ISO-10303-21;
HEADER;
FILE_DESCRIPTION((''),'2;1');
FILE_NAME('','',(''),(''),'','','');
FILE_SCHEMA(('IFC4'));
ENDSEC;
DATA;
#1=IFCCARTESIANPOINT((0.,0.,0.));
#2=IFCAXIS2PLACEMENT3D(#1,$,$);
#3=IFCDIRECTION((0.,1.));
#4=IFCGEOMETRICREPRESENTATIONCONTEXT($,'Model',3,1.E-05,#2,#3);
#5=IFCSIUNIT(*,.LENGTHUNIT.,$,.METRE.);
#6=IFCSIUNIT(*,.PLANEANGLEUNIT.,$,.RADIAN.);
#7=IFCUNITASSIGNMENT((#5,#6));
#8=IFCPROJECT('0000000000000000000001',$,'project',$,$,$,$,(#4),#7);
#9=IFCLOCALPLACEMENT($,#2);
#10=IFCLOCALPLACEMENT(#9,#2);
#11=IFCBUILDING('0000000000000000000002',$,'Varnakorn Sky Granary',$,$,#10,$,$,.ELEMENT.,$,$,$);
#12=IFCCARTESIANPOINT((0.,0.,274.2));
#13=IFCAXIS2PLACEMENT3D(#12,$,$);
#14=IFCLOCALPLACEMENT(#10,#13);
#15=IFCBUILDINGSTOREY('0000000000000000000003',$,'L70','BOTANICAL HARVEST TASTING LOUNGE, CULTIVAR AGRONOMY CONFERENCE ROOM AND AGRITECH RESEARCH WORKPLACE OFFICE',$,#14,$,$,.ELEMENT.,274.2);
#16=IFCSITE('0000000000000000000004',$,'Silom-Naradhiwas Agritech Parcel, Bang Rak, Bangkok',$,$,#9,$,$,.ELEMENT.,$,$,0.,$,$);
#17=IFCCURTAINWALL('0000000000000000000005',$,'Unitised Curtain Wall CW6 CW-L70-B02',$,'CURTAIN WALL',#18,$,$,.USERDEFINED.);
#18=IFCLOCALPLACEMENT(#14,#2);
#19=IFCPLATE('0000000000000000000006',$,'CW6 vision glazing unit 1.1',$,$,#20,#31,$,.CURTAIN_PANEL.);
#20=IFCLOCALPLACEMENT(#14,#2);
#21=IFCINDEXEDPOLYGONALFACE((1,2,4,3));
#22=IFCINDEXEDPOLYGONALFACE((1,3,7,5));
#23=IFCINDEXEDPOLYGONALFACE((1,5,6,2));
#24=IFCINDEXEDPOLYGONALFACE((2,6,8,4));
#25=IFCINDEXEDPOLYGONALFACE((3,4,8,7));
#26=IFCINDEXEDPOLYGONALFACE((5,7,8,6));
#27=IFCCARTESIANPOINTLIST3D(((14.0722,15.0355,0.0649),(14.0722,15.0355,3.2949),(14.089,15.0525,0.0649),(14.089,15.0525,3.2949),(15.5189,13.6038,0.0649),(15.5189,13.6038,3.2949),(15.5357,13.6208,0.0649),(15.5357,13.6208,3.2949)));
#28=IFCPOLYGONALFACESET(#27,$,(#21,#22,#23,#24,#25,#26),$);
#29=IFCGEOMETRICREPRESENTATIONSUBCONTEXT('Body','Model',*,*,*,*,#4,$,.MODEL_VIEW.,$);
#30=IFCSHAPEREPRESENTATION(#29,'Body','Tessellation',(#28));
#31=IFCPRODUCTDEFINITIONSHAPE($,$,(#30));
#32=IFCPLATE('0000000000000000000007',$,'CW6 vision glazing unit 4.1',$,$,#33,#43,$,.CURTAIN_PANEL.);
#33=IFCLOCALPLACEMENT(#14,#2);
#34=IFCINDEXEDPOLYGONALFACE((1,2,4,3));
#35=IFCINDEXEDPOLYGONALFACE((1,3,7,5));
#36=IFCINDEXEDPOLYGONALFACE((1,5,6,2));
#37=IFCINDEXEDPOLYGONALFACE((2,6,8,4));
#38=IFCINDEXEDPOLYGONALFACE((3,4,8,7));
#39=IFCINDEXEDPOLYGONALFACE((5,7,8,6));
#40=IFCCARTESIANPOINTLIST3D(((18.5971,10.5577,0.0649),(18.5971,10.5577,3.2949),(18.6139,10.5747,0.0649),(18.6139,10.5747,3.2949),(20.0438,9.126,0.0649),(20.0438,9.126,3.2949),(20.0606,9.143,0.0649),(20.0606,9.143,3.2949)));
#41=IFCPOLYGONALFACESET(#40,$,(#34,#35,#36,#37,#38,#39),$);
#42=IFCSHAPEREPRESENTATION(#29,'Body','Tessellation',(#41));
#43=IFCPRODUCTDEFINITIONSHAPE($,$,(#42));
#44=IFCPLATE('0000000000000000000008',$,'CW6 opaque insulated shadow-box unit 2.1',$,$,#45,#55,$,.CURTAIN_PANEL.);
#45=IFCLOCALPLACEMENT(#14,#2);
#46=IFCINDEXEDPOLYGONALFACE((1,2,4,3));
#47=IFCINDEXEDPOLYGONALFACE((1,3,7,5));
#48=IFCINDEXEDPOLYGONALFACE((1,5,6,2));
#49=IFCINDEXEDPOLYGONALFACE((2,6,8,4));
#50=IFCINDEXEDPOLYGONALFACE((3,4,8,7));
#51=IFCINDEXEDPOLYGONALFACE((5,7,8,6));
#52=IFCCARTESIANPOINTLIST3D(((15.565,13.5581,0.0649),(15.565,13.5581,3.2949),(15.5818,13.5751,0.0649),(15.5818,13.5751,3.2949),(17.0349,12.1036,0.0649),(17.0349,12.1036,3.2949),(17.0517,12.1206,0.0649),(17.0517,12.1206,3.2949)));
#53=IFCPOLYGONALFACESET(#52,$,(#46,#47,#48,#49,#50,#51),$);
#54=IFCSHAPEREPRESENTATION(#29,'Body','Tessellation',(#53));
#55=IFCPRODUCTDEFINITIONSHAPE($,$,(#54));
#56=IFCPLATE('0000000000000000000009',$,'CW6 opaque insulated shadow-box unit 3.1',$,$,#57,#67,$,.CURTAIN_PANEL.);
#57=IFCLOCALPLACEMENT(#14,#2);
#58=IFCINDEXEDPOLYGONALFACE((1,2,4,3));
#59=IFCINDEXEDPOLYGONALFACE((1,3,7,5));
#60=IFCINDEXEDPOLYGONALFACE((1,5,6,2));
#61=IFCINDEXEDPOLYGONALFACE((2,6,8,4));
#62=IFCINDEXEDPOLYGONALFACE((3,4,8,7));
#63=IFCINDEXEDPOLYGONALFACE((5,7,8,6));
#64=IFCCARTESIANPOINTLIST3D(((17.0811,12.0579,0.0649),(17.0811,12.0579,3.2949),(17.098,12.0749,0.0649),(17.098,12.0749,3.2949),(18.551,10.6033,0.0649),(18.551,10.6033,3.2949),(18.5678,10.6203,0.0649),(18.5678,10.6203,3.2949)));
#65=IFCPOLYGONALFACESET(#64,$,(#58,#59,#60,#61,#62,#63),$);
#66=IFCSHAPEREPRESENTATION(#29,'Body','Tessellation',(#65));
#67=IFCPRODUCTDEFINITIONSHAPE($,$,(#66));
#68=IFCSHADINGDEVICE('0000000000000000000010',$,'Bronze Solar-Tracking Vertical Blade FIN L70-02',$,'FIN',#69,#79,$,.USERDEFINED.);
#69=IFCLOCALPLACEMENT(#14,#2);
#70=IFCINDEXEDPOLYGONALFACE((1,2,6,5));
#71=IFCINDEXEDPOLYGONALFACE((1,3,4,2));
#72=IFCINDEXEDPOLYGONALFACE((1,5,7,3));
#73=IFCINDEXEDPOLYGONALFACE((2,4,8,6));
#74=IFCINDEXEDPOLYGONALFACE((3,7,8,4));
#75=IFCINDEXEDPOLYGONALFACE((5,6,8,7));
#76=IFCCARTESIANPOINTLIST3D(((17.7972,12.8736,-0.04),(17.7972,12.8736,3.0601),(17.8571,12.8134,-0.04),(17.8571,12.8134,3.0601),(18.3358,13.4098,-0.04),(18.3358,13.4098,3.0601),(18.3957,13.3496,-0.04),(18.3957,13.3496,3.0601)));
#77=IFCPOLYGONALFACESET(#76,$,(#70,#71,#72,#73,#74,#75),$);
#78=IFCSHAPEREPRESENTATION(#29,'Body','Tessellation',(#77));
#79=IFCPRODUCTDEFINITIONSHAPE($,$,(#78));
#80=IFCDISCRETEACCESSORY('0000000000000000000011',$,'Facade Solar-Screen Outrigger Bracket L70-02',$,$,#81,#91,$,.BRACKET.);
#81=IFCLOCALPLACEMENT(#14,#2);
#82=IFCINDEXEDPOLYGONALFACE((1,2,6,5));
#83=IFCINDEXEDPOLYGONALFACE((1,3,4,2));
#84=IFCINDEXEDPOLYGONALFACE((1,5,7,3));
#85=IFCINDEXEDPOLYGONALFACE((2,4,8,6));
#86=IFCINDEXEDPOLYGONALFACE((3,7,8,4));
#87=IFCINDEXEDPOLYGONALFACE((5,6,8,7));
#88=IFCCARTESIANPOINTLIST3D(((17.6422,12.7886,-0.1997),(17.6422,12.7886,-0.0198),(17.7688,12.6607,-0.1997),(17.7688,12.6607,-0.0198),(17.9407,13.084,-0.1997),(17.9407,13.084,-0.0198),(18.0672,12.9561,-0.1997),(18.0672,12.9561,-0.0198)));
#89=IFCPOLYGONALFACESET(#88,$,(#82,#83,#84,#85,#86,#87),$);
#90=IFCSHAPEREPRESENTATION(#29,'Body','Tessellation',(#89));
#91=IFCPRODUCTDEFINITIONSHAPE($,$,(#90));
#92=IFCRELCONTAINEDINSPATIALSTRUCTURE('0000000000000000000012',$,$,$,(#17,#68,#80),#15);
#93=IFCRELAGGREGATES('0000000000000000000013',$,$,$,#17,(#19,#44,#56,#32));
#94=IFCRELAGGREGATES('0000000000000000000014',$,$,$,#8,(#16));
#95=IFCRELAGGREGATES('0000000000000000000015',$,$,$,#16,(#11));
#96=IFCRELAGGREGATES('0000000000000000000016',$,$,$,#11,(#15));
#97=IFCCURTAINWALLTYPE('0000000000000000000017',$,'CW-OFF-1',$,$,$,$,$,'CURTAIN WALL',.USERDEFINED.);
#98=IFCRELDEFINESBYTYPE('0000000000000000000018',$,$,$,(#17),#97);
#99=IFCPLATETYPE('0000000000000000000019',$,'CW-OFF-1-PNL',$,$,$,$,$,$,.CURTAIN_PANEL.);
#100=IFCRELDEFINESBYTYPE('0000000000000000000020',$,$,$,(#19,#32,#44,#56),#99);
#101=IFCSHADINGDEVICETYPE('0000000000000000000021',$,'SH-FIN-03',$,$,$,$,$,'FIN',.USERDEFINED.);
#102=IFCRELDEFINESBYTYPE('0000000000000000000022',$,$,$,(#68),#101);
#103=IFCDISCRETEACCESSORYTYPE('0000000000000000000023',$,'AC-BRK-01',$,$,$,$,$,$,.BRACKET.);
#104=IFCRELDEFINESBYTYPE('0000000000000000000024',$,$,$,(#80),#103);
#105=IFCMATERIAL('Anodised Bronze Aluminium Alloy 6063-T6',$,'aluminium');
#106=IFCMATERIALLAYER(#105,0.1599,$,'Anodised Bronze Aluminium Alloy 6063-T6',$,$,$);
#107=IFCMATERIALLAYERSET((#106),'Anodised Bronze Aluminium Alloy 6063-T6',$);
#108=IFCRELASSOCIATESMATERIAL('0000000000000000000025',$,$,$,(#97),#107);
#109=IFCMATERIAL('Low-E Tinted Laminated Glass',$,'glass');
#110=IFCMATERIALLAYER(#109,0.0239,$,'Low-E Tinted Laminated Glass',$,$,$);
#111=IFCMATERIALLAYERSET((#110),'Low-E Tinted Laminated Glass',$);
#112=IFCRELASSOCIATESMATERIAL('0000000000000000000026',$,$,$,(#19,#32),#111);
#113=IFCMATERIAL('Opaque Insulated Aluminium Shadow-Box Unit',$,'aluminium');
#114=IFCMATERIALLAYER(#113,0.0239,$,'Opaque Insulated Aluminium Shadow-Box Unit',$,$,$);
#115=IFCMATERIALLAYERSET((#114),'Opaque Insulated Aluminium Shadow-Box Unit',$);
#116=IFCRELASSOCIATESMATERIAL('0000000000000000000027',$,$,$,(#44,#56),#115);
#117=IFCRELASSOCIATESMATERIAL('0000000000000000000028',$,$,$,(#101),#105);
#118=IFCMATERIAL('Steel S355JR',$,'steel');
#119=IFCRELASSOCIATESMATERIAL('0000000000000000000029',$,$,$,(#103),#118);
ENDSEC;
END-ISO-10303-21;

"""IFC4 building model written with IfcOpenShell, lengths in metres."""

from ifc_helpers import new_model, si_unit, direction, frame, origin, origin_2d, place, context, subcontext, project, spatial, rectangle, extrude, source, transform, mapped, material, layer, layer_set, type_object, type_shapes, element, aggregate, save


model = new_model("IFC4")

# Units and contexts
model_context = context("Model", 3, precision=1e-05, world=origin(), true_north=direction((0.0, 1.0)))
body_context = subcontext(model_context, "Body", "Model", "MODEL_VIEW")
ifc_project = project(units=[si_unit("LENGTHUNIT", "METRE"), si_unit("PLANEANGLEUNIT", "RADIAN")], contexts=[model_context])

# Site, building, storey
site_placement = place(None, origin())
site = spatial("IfcSite", under=ifc_project, at=site_placement, Name="Silom-Naradhiwas Agritech Parcel, Bang Rak, Bangkok", CompositionType="ELEMENT", RefElevation=0.0)
building_placement = place(site_placement, origin())
building = spatial("IfcBuilding", under=site, at=building_placement, Name="Varnakorn Sky Granary", CompositionType="ELEMENT")
storey_placement = place(building_placement, frame((0.0, 0.0, 274.2)))
storey = spatial("IfcBuildingStorey", under=building, at=storey_placement, Name="L70", Description="BOTANICAL HARVEST TASTING LOUNGE, CULTIVAR AGRONOMY CONFERENCE ROOM AND AGRITECH RESEARCH WORKPLACE OFFICE", CompositionType="ELEMENT", Elevation=274.2)

# Shared definitions
ifc_material_1 = material(Name="Steel S355JR", Category="steel")

# Curtain wall
ifc_material_2 = material(Name="Anodised Bronze Aluminium Alloy 6063-T6", Category="aluminium")
ifc_layer_1 = layer(ifc_material_2, 0.1599, Name="Anodised Bronze Aluminium Alloy 6063-T6")
ifc_layer_set_1 = layer_set([ifc_layer_1], Name="Anodised Bronze Aluminium Alloy 6063-T6")
curtain_wall_type = type_object("IfcCurtainWallType", Name="CW-OFF-1", ElementType="CURTAIN WALL", PredefinedType="USERDEFINED", material=ifc_layer_set_1)
curtain_wall_placement = place(storey_placement, origin())
curtain_wall = element("IfcCurtainWall", 1, at=curtain_wall_placement, inside=storey, type_object=curtain_wall_type, Name="Unitised Curtain Wall CW6 CW-L70-B02", ObjectType="CURTAIN WALL", PredefinedType="USERDEFINED")

# Plates
ifc_material_3 = material(Name="Low-E Tinted Laminated Glass", Category="glass")
ifc_layer_2 = layer(ifc_material_3, 0.0239, Name="Low-E Tinted Laminated Glass")
ifc_layer_set_2 = layer_set([ifc_layer_2], Name="Low-E Tinted Laminated Glass")
plate_type = type_object("IfcPlateType", Name="CW-OFF-1-PNL", PredefinedType="CURTAIN_PANEL")
shared_shape_1 = source(origin(), body_context, "Body", "SweptSolid", [
    extrude(rectangle(XDim=2.0354, YDim=0.0239, at=origin_2d()), origin(), (0.0, 0.0, 1.0), 3.23),
])
plate_1_placement = place(storey_placement, frame((14.804, 14.3281, 0.0649), z_axis=(0.0, 0.0, 1.0), x_axis=(0.710795, -0.703399, 0.0)))
plate_1 = element("IfcPlate", 2, at=plate_1_placement, type_object=plate_type, material=ifc_layer_set_2, Name="CW6 vision glazing unit 1.1", PredefinedType="CURTAIN_PANEL", context=body_context, shape_type="MappedRepresentation", body=[
    mapped(shared_shape_1, transform((0.0, 0.0, 0.0), x_axis=(1.0, 0.0, 0.0), y_axis=(0.0, 1.0, 0.0), z_axis=(0.0, 0.0, 1.0), scale=1.0)),
])
plate_2_placement = place(storey_placement, frame((19.3289, 9.8503, 0.0649), z_axis=(0.0, 0.0, 1.0), x_axis=(0.710795, -0.703399, 0.0)))
plate_2 = element("IfcPlate", 3, at=plate_2_placement, type_object=plate_type, material=ifc_layer_set_2, Name="CW6 vision glazing unit 4.1", PredefinedType="CURTAIN_PANEL", context=body_context, shape_type="MappedRepresentation", body=[
    mapped(shared_shape_1, transform((0.0, 0.0, 0.0), x_axis=(1.0, 0.0, 0.0), y_axis=(0.0, 1.0, 0.0), z_axis=(0.0, 0.0, 1.0), scale=1.0)),
])
ifc_material_4 = material(Name="Opaque Insulated Aluminium Shadow-Box Unit", Category="aluminium")
ifc_layer_3 = layer(ifc_material_4, 0.0239, Name="Opaque Insulated Aluminium Shadow-Box Unit")
ifc_layer_set_3 = layer_set([ifc_layer_3], Name="Opaque Insulated Aluminium Shadow-Box Unit")
shared_shape_2 = source(origin(), body_context, "Body", "SweptSolid", [
    extrude(rectangle(XDim=2.0679, YDim=0.0239, at=origin_2d()), origin(), (0.0, 0.0, 1.0), 3.23),
])
type_shapes(plate_type, [shared_shape_1, shared_shape_2])
plate_3_placement = place(storey_placement, frame((16.3083, 12.8394, 0.0649), z_axis=(0.0, 0.0, 1.0), x_axis=(0.710795, -0.703399, 0.0)))
plate_3 = element("IfcPlate", 4, at=plate_3_placement, type_object=plate_type, material=ifc_layer_set_3, Name="CW6 opaque insulated shadow-box unit 2.1", PredefinedType="CURTAIN_PANEL", context=body_context, shape_type="MappedRepresentation", body=[
    mapped(shared_shape_2, transform((0.0, 0.0, 0.0), x_axis=(1.0, 0.0, 0.0), y_axis=(0.0, 1.0, 0.0), z_axis=(0.0, 0.0, 1.0), scale=1.0)),
])
plate_4_placement = place(storey_placement, frame((17.8245, 11.3391, 0.0649), z_axis=(0.0, 0.0, 1.0), x_axis=(0.710795, -0.703399, 0.0)))
plate_4 = element("IfcPlate", 5, at=plate_4_placement, type_object=plate_type, material=ifc_layer_set_3, Name="CW6 opaque insulated shadow-box unit 3.1", PredefinedType="CURTAIN_PANEL", context=body_context, shape_type="MappedRepresentation", body=[
    mapped(shared_shape_2, transform((0.0, 0.0, 0.0), x_axis=(1.0, 0.0, 0.0), y_axis=(0.0, 1.0, 0.0), z_axis=(0.0, 0.0, 1.0), scale=1.0)),
])
aggregate(curtain_wall, [plate_1, plate_3, plate_4, plate_2])

# Shading device
shading_device_type = type_object("IfcShadingDeviceType", Name="SH-FIN-03", ElementType="FIN", PredefinedType="USERDEFINED", material=ifc_material_2)
shared_shape_3 = source(origin(), body_context, "Body", "SweptSolid", [
    extrude(rectangle(XDim=0.085, YDim=0.76, at=origin_2d()), origin(), (0.0, 0.0, 1.0), 3.1001),
])
type_shapes(shading_device_type, [shared_shape_3])
shading_device_placement = place(storey_placement, frame((18.0964, 13.1116, -0.04), z_axis=(0.0, 0.0, 1.0), x_axis=(-0.705508, 0.708702, 0.0)))
element("IfcShadingDevice", 6, at=shading_device_placement, inside=storey, type_object=shading_device_type, Name="Bronze Solar-Tracking Vertical Blade FIN L70-02", ObjectType="FIN", PredefinedType="USERDEFINED", context=body_context, shape_type="MappedRepresentation", body=[
    mapped(shared_shape_3, transform((0.0, 0.0, 0.0), x_axis=(1.0, 0.0, 0.0), y_axis=(0.0, 1.0, 0.0), z_axis=(0.0, 0.0, 1.0), scale=1.0)),
])

# Discrete accessory
discrete_accessory_type = type_object("IfcDiscreteAccessoryType", Name="AC-BRK-01", PredefinedType="BRACKET", material=ifc_material_1)
shared_shape_4 = source(origin(), body_context, "Body", "SweptSolid", [
    extrude(rectangle(XDim=0.1799, YDim=0.4199, at=origin_2d()), origin(), (0.0, 0.0, 1.0), 0.1799),
])
type_shapes(discrete_accessory_type, [shared_shape_4])
discrete_accessory_placement = place(storey_placement, frame((17.8547, 12.8723, -0.1997), z_axis=(0.0, 0.0, 1.0), x_axis=(-0.703481, 0.710715, 0.0)))
element("IfcDiscreteAccessory", 7, at=discrete_accessory_placement, inside=storey, type_object=discrete_accessory_type, Name="Facade Solar-Screen Outrigger Bracket L70-02", PredefinedType="BRACKET", context=body_context, shape_type="MappedRepresentation", body=[
    mapped(shared_shape_4, transform((0.0, 0.0, 0.0), x_axis=(1.0, 0.0, 0.0), y_axis=(0.0, 1.0, 0.0), z_axis=(0.0, 0.0, 1.0), scale=1.0)),
])

save(model, "model.ifc")
